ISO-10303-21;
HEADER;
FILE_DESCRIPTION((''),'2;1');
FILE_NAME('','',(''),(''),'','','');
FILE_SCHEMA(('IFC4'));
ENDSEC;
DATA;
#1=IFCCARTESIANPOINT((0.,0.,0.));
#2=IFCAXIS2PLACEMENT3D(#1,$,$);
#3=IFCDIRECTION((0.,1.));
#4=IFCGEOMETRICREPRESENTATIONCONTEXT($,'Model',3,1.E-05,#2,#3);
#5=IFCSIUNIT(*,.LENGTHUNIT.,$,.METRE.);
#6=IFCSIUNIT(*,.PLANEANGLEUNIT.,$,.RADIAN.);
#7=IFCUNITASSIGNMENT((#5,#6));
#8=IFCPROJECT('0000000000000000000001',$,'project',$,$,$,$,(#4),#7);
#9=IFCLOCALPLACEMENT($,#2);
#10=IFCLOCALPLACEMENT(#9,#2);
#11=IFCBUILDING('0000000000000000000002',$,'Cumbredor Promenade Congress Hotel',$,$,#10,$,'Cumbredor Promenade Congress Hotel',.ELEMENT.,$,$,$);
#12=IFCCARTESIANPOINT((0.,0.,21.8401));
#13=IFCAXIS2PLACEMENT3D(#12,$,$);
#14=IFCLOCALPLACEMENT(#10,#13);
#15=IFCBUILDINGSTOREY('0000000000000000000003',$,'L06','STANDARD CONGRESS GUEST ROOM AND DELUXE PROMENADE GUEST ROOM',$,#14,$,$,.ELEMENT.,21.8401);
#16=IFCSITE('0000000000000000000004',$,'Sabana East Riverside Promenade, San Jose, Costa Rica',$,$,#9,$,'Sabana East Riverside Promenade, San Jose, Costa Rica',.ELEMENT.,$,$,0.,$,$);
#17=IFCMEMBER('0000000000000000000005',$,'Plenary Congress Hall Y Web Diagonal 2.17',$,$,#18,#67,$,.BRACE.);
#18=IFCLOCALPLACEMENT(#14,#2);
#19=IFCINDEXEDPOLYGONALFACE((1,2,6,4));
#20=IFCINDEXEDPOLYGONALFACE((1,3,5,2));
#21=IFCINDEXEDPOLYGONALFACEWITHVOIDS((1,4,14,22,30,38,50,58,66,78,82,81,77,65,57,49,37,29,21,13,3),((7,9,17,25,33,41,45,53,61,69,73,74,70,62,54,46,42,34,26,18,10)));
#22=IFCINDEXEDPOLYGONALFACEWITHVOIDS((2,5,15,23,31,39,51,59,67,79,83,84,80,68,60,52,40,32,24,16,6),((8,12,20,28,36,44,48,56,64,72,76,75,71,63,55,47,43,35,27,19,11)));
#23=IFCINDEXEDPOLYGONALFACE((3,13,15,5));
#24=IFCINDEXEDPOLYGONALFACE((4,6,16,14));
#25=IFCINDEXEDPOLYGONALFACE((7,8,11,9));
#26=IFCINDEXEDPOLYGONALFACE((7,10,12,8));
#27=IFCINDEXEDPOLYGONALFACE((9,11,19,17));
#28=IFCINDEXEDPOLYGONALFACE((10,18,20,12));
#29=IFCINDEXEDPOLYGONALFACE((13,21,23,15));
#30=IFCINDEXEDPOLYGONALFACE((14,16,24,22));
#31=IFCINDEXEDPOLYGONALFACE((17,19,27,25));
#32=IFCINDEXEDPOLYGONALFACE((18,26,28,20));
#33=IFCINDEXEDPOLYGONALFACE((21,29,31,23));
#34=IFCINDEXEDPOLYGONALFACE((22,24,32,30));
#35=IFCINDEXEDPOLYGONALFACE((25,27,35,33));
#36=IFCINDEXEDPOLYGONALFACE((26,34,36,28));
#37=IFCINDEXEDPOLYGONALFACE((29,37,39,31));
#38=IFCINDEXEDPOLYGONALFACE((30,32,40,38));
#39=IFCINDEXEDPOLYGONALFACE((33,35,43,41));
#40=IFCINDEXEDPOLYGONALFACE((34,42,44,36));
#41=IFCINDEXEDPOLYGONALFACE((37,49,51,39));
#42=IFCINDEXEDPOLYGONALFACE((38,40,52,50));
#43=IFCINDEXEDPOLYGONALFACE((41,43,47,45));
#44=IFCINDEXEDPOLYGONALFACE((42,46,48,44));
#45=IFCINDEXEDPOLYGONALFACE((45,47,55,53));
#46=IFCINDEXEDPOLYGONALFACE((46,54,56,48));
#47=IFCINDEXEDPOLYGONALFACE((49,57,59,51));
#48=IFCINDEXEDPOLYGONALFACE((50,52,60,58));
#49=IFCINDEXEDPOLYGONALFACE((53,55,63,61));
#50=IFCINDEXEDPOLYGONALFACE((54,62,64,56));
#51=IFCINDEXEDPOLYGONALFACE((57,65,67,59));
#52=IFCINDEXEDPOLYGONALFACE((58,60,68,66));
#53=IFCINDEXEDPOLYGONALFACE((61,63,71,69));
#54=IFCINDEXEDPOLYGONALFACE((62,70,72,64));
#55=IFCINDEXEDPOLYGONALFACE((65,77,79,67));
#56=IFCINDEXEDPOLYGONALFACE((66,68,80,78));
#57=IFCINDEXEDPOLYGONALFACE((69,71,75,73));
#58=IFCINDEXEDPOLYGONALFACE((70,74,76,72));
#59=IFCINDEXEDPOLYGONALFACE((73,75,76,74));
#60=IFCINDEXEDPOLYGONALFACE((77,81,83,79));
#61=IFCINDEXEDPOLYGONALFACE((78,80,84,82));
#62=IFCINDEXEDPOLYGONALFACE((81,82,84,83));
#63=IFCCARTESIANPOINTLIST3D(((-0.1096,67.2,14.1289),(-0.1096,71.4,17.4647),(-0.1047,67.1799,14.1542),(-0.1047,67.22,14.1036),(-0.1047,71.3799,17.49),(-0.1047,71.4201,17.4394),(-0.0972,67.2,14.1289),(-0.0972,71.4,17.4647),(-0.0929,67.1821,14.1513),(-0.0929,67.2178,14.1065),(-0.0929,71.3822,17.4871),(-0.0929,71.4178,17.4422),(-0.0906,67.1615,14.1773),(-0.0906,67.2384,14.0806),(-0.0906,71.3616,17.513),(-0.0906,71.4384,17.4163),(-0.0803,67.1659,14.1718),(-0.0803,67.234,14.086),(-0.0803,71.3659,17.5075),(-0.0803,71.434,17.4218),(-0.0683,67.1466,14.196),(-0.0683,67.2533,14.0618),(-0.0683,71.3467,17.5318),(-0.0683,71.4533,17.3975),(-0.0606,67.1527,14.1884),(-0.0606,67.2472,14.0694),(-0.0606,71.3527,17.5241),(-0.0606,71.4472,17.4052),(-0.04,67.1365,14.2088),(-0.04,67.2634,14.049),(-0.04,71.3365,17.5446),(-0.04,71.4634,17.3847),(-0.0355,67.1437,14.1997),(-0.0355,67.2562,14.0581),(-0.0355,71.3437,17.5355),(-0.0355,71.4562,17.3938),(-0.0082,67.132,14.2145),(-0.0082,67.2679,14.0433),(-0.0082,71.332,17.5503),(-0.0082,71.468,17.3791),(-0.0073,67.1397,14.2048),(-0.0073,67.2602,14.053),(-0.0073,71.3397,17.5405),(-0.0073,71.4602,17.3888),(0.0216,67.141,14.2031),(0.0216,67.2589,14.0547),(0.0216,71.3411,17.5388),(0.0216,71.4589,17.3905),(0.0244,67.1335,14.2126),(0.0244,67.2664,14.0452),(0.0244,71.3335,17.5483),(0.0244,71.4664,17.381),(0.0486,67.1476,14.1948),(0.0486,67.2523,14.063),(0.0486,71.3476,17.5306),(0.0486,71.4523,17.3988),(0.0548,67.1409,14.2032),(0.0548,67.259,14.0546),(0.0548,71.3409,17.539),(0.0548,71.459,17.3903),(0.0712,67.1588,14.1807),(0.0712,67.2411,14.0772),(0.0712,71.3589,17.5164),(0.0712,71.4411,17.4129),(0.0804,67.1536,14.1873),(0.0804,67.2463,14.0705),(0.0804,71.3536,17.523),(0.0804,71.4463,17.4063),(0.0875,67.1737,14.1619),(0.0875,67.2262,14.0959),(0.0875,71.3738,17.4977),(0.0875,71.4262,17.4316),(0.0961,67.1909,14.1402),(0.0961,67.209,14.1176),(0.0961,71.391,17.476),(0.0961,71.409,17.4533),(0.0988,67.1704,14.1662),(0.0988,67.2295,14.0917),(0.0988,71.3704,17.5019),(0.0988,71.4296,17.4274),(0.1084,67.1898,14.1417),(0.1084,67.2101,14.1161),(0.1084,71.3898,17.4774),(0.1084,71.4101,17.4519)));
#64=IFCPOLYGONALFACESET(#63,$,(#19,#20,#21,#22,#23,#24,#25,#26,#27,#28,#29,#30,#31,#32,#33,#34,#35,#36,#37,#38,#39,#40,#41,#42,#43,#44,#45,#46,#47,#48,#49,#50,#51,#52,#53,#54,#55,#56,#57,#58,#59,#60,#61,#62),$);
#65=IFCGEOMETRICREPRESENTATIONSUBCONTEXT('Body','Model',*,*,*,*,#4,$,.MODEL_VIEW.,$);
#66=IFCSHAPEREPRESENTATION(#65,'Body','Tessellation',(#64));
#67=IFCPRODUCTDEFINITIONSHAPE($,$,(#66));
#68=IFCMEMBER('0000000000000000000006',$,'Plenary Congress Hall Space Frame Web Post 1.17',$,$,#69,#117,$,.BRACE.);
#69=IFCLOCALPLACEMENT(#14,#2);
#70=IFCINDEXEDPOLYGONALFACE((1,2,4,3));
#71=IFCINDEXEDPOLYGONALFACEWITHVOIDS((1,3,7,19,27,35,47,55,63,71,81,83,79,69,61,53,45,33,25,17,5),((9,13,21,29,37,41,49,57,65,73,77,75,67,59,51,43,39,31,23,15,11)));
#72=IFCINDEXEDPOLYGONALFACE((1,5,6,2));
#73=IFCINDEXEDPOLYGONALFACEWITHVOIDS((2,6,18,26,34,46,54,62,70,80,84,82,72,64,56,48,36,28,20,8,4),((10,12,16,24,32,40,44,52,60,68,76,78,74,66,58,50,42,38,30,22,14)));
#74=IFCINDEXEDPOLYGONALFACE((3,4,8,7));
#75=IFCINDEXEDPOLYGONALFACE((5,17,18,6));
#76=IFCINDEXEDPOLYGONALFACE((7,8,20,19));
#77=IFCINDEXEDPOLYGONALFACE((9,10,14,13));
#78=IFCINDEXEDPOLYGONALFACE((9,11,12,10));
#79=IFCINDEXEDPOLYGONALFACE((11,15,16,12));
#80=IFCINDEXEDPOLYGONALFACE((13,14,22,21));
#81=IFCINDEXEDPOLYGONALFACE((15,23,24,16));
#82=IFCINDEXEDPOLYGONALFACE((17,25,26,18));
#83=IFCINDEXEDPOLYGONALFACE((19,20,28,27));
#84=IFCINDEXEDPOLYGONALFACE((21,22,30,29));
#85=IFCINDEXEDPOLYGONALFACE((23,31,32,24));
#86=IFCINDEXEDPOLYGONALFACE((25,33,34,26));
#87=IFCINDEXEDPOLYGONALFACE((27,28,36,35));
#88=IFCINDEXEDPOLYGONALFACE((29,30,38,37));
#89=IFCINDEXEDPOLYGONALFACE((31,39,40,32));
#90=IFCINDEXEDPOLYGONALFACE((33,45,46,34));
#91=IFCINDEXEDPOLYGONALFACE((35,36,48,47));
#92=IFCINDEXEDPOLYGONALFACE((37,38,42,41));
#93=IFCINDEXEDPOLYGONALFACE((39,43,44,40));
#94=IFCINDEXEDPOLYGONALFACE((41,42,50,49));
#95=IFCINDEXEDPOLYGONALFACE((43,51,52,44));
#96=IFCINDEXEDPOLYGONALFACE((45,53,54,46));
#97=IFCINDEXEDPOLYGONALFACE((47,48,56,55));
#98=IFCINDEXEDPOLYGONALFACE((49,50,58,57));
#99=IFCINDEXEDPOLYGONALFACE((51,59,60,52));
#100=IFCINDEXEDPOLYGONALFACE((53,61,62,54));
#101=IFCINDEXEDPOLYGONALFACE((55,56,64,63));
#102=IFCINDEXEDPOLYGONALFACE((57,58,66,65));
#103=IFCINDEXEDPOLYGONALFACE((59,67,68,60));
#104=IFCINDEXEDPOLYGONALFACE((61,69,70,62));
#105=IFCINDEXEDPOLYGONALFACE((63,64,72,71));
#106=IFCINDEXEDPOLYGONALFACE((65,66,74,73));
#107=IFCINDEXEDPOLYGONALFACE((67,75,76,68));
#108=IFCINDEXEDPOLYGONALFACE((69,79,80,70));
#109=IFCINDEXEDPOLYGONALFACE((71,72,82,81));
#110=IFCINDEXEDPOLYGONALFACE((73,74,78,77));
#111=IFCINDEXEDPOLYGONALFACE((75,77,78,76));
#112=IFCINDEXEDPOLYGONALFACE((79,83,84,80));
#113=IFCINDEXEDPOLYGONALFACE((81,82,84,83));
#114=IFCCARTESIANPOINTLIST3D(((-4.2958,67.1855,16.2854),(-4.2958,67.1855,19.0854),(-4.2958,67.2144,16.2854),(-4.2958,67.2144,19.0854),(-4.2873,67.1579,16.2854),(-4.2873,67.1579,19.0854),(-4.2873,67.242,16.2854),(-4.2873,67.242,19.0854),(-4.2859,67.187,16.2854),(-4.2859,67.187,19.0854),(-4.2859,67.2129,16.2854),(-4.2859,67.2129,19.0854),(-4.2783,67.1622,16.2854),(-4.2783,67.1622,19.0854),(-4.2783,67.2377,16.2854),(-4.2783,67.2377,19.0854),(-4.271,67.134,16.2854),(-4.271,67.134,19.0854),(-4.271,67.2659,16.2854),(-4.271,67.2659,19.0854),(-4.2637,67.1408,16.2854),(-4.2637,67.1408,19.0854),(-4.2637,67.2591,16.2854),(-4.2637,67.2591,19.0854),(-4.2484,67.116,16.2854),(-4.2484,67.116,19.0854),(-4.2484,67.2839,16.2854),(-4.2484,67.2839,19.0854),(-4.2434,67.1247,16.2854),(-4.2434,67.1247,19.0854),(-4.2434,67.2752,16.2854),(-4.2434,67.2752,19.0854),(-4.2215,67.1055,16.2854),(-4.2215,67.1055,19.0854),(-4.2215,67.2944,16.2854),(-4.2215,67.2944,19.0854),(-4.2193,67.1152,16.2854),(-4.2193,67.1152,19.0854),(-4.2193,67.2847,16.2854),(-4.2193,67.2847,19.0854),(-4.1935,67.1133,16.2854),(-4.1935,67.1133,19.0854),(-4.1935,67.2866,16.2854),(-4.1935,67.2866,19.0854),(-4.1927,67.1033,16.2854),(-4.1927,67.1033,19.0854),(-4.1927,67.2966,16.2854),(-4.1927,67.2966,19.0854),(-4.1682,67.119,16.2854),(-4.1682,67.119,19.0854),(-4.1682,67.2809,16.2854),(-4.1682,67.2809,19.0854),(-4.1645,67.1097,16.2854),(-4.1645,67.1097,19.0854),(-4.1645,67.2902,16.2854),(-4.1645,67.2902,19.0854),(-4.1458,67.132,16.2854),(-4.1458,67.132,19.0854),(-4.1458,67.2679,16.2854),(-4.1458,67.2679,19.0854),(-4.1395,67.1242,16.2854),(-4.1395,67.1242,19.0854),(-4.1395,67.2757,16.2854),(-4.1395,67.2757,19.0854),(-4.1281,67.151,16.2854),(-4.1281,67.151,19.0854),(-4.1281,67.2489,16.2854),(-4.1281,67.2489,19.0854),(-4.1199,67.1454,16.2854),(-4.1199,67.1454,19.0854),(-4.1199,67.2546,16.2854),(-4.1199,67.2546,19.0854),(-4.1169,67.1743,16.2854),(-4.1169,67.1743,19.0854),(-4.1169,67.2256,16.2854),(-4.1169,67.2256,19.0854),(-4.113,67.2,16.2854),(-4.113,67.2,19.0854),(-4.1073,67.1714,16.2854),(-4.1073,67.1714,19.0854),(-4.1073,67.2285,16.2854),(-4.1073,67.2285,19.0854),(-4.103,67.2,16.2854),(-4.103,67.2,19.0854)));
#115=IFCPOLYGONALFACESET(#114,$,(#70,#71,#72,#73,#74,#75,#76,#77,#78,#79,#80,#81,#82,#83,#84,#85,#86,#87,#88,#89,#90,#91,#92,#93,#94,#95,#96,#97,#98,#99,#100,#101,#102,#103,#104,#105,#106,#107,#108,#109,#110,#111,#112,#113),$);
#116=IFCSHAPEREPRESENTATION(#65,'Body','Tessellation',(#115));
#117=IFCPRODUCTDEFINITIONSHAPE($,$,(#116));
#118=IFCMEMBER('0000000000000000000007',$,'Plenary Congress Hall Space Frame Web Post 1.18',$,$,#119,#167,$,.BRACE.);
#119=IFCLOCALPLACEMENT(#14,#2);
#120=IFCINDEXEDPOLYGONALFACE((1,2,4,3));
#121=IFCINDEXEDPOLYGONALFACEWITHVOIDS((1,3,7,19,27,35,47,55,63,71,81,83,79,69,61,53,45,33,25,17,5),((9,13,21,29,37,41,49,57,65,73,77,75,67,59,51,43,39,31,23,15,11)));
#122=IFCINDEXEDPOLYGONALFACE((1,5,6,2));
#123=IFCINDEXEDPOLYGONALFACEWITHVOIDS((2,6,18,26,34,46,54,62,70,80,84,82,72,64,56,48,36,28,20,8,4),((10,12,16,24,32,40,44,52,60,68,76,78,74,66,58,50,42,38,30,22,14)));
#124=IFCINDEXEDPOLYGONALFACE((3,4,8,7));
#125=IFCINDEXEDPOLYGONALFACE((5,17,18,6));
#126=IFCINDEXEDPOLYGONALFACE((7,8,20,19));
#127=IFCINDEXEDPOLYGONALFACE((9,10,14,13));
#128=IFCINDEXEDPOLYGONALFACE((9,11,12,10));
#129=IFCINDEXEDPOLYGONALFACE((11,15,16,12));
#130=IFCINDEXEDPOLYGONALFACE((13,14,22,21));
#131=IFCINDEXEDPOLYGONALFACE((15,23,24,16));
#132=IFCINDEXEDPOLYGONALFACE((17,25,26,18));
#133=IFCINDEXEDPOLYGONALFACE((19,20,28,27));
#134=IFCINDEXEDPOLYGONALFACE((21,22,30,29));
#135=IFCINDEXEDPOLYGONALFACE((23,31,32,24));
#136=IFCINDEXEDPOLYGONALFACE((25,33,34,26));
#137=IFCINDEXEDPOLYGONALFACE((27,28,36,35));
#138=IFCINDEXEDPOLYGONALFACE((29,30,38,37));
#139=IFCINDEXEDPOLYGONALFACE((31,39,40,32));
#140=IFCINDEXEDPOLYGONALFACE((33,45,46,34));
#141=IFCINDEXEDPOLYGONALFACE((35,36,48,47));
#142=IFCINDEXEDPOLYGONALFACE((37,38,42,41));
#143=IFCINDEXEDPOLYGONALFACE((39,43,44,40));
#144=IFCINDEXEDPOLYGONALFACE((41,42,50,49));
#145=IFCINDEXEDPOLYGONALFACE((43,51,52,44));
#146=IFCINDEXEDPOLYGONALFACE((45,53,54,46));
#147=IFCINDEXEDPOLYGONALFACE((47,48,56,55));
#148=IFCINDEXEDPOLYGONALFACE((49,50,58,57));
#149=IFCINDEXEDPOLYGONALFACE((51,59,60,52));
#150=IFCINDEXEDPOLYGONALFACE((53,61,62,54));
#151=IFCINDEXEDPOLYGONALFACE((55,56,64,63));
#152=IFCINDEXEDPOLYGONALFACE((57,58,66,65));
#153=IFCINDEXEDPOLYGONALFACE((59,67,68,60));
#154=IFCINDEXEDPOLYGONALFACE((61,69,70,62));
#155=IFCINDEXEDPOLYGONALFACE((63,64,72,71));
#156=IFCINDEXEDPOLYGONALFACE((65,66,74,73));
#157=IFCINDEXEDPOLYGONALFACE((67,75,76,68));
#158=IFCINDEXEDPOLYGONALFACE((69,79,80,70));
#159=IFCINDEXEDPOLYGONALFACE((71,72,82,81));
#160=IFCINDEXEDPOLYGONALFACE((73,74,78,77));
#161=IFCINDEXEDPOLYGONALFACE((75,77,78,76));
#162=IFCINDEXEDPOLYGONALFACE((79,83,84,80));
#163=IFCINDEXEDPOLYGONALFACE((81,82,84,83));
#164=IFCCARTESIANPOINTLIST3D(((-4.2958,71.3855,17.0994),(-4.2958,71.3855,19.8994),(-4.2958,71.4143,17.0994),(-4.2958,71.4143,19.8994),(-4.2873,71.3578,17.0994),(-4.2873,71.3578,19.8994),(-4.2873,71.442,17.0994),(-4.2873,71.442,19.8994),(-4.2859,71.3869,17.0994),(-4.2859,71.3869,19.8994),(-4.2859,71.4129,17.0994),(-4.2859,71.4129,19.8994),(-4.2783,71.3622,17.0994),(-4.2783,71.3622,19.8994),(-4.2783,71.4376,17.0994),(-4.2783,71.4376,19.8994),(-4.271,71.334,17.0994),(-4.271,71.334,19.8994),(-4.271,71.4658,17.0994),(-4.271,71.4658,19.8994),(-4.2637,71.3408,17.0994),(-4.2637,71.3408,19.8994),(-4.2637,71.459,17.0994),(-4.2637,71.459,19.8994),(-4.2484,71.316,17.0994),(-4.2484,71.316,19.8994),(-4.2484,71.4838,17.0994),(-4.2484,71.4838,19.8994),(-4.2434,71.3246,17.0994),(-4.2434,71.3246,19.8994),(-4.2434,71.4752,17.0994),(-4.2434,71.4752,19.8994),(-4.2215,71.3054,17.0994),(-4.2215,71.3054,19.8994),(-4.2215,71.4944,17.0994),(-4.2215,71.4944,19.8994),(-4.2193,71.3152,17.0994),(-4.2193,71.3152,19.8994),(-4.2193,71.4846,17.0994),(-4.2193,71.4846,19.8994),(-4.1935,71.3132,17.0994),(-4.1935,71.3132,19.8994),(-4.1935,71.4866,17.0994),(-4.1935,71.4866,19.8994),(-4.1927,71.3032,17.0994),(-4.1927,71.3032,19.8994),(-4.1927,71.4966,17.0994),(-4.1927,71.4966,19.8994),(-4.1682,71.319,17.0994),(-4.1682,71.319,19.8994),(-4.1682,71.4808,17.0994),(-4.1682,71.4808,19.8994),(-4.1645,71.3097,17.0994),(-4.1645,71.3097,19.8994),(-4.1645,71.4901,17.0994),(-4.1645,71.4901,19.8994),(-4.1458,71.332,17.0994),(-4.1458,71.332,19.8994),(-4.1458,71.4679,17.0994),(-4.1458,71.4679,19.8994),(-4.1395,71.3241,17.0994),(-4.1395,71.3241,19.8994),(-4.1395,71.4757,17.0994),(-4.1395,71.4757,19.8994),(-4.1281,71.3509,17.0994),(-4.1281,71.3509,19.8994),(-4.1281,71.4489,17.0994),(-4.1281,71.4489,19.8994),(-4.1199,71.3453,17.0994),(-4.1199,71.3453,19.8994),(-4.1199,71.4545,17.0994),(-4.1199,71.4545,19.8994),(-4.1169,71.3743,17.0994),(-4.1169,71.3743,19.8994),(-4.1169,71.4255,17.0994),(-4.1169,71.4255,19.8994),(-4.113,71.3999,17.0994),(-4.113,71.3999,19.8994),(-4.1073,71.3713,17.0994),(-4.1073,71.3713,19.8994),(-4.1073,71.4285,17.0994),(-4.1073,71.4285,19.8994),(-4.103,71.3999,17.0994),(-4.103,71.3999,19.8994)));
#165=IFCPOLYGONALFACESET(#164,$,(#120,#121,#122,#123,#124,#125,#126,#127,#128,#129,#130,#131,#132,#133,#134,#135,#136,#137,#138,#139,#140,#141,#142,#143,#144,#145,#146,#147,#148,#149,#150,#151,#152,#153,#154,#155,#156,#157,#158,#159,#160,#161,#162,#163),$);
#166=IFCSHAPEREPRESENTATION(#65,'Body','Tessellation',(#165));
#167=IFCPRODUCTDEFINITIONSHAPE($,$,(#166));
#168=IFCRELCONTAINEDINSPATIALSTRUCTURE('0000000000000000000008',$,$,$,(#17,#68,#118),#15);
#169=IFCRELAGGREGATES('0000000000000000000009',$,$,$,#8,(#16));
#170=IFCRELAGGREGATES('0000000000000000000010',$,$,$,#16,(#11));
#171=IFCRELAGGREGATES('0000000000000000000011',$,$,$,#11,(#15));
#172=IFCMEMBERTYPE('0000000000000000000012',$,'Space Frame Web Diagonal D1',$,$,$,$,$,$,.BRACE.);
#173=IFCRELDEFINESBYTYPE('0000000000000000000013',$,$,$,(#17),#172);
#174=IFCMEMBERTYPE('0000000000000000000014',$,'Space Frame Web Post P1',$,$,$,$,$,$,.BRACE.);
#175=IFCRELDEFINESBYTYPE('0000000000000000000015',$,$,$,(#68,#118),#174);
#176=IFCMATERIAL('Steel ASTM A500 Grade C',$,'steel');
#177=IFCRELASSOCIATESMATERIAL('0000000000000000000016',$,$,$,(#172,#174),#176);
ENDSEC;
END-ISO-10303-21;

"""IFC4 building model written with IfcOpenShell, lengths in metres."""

from ifc_helpers import new_model, si_unit, direction, frame, origin, origin_2d, place, context, subcontext, project, spatial, hollow_circle, extrude, material, material_profile, profile_set, type_object, element, save


model = new_model("IFC4")

# Units and contexts
model_context = context("Model", 3, precision=1e-05, world=origin(), true_north=direction((0.0, 1.0)))
body_context = subcontext(model_context, "Body", "Model", "MODEL_VIEW")
ifc_project = project(units=[si_unit("LENGTHUNIT", "METRE"), si_unit("PLANEANGLEUNIT", "RADIAN")], contexts=[model_context])

# Site, building, storey
site_placement = place(None, origin())
site = spatial("IfcSite", under=ifc_project, at=site_placement, Name="Sabana East Riverside Promenade, San Jose, Costa Rica", LongName="Sabana East Riverside Promenade, San Jose, Costa Rica", CompositionType="ELEMENT", RefElevation=0.0)
building_placement = place(site_placement, origin())
building = spatial("IfcBuilding", under=site, at=building_placement, Name="Cumbredor Promenade Congress Hotel", LongName="Cumbredor Promenade Congress Hotel", CompositionType="ELEMENT")
storey_placement = place(building_placement, frame((0.0, 0.0, 21.8401)))
storey = spatial("IfcBuildingStorey", under=building, at=storey_placement, Name="L06", Description="STANDARD CONGRESS GUEST ROOM AND DELUXE PROMENADE GUEST ROOM", CompositionType="ELEMENT", Elevation=21.8401)

# Members
ifc_material_1 = material(Name="Steel ASTM A500 Grade C", Category="steel")
ifc_material_profile_1 = material_profile(ifc_material_1, hollow_circle(Radius=0.1096, WallThickness=0.0125, at=origin_2d()), Name="CHS 219.1x12.5")
ifc_profile_set_1 = profile_set([ifc_material_profile_1], Name="Steel ASTM A500 Grade C")
member_type_1 = type_object("IfcMemberType", Name="Space Frame Web Diagonal D1", PredefinedType="BRACE", material=ifc_profile_set_1)
member_1_placement = place(storey_placement, frame((0.0, 67.2, 14.1289), z_axis=(0.0, 0.783071, 0.621932), x_axis=(-1.0, 0.0, 0.0)))
element("IfcMember", 1, at=member_1_placement, inside=storey, type_object=member_type_1, Name="Plenary Congress Hall Y Web Diagonal 2.17", PredefinedType="BRACE", context=body_context, shape_type="SweptSolid", body=[
    extrude(hollow_circle(Radius=0.1096, WallThickness=0.0125, at=origin_2d()), origin(), (0.0, 0.0, 1.0), 5.3635),
])
ifc_material_profile_2 = material_profile(ifc_material_1, hollow_circle(Radius=0.0969, WallThickness=0.01, at=origin_2d()), Name="CHS 193.7x10")
ifc_profile_set_2 = profile_set([ifc_material_profile_2], Name="Steel ASTM A500 Grade C")
member_type_2 = type_object("IfcMemberType", Name="Space Frame Web Post P1", PredefinedType="BRACE", material=ifc_profile_set_2)
for number, where, z_axis, x_axis, name in (
    (2, (-4.2, 67.2, 16.2854), (0.0, 0.0, 1.0), (1.0, 0.0, 0.0), "Plenary Congress Hall Space Frame Web Post 1.17"),
    (3, (-4.2, 71.3999, 17.0994), (0.0, 0.0, 1.0), (1.0, 0.0, 0.0), "Plenary Congress Hall Space Frame Web Post 1.18"),
):
    element("IfcMember", number, at=place(storey_placement, frame(where, z_axis=z_axis, x_axis=x_axis)), inside=storey, type_object=member_type_2, Name=name, PredefinedType="BRACE", context=body_context, shape_type="SweptSolid", body=[
        extrude(hollow_circle(Radius=0.0969, WallThickness=0.01, at=origin_2d()), origin(), (0.0, 0.0, 1.0), 2.8),
    ])

save(model, "model.ifc")
